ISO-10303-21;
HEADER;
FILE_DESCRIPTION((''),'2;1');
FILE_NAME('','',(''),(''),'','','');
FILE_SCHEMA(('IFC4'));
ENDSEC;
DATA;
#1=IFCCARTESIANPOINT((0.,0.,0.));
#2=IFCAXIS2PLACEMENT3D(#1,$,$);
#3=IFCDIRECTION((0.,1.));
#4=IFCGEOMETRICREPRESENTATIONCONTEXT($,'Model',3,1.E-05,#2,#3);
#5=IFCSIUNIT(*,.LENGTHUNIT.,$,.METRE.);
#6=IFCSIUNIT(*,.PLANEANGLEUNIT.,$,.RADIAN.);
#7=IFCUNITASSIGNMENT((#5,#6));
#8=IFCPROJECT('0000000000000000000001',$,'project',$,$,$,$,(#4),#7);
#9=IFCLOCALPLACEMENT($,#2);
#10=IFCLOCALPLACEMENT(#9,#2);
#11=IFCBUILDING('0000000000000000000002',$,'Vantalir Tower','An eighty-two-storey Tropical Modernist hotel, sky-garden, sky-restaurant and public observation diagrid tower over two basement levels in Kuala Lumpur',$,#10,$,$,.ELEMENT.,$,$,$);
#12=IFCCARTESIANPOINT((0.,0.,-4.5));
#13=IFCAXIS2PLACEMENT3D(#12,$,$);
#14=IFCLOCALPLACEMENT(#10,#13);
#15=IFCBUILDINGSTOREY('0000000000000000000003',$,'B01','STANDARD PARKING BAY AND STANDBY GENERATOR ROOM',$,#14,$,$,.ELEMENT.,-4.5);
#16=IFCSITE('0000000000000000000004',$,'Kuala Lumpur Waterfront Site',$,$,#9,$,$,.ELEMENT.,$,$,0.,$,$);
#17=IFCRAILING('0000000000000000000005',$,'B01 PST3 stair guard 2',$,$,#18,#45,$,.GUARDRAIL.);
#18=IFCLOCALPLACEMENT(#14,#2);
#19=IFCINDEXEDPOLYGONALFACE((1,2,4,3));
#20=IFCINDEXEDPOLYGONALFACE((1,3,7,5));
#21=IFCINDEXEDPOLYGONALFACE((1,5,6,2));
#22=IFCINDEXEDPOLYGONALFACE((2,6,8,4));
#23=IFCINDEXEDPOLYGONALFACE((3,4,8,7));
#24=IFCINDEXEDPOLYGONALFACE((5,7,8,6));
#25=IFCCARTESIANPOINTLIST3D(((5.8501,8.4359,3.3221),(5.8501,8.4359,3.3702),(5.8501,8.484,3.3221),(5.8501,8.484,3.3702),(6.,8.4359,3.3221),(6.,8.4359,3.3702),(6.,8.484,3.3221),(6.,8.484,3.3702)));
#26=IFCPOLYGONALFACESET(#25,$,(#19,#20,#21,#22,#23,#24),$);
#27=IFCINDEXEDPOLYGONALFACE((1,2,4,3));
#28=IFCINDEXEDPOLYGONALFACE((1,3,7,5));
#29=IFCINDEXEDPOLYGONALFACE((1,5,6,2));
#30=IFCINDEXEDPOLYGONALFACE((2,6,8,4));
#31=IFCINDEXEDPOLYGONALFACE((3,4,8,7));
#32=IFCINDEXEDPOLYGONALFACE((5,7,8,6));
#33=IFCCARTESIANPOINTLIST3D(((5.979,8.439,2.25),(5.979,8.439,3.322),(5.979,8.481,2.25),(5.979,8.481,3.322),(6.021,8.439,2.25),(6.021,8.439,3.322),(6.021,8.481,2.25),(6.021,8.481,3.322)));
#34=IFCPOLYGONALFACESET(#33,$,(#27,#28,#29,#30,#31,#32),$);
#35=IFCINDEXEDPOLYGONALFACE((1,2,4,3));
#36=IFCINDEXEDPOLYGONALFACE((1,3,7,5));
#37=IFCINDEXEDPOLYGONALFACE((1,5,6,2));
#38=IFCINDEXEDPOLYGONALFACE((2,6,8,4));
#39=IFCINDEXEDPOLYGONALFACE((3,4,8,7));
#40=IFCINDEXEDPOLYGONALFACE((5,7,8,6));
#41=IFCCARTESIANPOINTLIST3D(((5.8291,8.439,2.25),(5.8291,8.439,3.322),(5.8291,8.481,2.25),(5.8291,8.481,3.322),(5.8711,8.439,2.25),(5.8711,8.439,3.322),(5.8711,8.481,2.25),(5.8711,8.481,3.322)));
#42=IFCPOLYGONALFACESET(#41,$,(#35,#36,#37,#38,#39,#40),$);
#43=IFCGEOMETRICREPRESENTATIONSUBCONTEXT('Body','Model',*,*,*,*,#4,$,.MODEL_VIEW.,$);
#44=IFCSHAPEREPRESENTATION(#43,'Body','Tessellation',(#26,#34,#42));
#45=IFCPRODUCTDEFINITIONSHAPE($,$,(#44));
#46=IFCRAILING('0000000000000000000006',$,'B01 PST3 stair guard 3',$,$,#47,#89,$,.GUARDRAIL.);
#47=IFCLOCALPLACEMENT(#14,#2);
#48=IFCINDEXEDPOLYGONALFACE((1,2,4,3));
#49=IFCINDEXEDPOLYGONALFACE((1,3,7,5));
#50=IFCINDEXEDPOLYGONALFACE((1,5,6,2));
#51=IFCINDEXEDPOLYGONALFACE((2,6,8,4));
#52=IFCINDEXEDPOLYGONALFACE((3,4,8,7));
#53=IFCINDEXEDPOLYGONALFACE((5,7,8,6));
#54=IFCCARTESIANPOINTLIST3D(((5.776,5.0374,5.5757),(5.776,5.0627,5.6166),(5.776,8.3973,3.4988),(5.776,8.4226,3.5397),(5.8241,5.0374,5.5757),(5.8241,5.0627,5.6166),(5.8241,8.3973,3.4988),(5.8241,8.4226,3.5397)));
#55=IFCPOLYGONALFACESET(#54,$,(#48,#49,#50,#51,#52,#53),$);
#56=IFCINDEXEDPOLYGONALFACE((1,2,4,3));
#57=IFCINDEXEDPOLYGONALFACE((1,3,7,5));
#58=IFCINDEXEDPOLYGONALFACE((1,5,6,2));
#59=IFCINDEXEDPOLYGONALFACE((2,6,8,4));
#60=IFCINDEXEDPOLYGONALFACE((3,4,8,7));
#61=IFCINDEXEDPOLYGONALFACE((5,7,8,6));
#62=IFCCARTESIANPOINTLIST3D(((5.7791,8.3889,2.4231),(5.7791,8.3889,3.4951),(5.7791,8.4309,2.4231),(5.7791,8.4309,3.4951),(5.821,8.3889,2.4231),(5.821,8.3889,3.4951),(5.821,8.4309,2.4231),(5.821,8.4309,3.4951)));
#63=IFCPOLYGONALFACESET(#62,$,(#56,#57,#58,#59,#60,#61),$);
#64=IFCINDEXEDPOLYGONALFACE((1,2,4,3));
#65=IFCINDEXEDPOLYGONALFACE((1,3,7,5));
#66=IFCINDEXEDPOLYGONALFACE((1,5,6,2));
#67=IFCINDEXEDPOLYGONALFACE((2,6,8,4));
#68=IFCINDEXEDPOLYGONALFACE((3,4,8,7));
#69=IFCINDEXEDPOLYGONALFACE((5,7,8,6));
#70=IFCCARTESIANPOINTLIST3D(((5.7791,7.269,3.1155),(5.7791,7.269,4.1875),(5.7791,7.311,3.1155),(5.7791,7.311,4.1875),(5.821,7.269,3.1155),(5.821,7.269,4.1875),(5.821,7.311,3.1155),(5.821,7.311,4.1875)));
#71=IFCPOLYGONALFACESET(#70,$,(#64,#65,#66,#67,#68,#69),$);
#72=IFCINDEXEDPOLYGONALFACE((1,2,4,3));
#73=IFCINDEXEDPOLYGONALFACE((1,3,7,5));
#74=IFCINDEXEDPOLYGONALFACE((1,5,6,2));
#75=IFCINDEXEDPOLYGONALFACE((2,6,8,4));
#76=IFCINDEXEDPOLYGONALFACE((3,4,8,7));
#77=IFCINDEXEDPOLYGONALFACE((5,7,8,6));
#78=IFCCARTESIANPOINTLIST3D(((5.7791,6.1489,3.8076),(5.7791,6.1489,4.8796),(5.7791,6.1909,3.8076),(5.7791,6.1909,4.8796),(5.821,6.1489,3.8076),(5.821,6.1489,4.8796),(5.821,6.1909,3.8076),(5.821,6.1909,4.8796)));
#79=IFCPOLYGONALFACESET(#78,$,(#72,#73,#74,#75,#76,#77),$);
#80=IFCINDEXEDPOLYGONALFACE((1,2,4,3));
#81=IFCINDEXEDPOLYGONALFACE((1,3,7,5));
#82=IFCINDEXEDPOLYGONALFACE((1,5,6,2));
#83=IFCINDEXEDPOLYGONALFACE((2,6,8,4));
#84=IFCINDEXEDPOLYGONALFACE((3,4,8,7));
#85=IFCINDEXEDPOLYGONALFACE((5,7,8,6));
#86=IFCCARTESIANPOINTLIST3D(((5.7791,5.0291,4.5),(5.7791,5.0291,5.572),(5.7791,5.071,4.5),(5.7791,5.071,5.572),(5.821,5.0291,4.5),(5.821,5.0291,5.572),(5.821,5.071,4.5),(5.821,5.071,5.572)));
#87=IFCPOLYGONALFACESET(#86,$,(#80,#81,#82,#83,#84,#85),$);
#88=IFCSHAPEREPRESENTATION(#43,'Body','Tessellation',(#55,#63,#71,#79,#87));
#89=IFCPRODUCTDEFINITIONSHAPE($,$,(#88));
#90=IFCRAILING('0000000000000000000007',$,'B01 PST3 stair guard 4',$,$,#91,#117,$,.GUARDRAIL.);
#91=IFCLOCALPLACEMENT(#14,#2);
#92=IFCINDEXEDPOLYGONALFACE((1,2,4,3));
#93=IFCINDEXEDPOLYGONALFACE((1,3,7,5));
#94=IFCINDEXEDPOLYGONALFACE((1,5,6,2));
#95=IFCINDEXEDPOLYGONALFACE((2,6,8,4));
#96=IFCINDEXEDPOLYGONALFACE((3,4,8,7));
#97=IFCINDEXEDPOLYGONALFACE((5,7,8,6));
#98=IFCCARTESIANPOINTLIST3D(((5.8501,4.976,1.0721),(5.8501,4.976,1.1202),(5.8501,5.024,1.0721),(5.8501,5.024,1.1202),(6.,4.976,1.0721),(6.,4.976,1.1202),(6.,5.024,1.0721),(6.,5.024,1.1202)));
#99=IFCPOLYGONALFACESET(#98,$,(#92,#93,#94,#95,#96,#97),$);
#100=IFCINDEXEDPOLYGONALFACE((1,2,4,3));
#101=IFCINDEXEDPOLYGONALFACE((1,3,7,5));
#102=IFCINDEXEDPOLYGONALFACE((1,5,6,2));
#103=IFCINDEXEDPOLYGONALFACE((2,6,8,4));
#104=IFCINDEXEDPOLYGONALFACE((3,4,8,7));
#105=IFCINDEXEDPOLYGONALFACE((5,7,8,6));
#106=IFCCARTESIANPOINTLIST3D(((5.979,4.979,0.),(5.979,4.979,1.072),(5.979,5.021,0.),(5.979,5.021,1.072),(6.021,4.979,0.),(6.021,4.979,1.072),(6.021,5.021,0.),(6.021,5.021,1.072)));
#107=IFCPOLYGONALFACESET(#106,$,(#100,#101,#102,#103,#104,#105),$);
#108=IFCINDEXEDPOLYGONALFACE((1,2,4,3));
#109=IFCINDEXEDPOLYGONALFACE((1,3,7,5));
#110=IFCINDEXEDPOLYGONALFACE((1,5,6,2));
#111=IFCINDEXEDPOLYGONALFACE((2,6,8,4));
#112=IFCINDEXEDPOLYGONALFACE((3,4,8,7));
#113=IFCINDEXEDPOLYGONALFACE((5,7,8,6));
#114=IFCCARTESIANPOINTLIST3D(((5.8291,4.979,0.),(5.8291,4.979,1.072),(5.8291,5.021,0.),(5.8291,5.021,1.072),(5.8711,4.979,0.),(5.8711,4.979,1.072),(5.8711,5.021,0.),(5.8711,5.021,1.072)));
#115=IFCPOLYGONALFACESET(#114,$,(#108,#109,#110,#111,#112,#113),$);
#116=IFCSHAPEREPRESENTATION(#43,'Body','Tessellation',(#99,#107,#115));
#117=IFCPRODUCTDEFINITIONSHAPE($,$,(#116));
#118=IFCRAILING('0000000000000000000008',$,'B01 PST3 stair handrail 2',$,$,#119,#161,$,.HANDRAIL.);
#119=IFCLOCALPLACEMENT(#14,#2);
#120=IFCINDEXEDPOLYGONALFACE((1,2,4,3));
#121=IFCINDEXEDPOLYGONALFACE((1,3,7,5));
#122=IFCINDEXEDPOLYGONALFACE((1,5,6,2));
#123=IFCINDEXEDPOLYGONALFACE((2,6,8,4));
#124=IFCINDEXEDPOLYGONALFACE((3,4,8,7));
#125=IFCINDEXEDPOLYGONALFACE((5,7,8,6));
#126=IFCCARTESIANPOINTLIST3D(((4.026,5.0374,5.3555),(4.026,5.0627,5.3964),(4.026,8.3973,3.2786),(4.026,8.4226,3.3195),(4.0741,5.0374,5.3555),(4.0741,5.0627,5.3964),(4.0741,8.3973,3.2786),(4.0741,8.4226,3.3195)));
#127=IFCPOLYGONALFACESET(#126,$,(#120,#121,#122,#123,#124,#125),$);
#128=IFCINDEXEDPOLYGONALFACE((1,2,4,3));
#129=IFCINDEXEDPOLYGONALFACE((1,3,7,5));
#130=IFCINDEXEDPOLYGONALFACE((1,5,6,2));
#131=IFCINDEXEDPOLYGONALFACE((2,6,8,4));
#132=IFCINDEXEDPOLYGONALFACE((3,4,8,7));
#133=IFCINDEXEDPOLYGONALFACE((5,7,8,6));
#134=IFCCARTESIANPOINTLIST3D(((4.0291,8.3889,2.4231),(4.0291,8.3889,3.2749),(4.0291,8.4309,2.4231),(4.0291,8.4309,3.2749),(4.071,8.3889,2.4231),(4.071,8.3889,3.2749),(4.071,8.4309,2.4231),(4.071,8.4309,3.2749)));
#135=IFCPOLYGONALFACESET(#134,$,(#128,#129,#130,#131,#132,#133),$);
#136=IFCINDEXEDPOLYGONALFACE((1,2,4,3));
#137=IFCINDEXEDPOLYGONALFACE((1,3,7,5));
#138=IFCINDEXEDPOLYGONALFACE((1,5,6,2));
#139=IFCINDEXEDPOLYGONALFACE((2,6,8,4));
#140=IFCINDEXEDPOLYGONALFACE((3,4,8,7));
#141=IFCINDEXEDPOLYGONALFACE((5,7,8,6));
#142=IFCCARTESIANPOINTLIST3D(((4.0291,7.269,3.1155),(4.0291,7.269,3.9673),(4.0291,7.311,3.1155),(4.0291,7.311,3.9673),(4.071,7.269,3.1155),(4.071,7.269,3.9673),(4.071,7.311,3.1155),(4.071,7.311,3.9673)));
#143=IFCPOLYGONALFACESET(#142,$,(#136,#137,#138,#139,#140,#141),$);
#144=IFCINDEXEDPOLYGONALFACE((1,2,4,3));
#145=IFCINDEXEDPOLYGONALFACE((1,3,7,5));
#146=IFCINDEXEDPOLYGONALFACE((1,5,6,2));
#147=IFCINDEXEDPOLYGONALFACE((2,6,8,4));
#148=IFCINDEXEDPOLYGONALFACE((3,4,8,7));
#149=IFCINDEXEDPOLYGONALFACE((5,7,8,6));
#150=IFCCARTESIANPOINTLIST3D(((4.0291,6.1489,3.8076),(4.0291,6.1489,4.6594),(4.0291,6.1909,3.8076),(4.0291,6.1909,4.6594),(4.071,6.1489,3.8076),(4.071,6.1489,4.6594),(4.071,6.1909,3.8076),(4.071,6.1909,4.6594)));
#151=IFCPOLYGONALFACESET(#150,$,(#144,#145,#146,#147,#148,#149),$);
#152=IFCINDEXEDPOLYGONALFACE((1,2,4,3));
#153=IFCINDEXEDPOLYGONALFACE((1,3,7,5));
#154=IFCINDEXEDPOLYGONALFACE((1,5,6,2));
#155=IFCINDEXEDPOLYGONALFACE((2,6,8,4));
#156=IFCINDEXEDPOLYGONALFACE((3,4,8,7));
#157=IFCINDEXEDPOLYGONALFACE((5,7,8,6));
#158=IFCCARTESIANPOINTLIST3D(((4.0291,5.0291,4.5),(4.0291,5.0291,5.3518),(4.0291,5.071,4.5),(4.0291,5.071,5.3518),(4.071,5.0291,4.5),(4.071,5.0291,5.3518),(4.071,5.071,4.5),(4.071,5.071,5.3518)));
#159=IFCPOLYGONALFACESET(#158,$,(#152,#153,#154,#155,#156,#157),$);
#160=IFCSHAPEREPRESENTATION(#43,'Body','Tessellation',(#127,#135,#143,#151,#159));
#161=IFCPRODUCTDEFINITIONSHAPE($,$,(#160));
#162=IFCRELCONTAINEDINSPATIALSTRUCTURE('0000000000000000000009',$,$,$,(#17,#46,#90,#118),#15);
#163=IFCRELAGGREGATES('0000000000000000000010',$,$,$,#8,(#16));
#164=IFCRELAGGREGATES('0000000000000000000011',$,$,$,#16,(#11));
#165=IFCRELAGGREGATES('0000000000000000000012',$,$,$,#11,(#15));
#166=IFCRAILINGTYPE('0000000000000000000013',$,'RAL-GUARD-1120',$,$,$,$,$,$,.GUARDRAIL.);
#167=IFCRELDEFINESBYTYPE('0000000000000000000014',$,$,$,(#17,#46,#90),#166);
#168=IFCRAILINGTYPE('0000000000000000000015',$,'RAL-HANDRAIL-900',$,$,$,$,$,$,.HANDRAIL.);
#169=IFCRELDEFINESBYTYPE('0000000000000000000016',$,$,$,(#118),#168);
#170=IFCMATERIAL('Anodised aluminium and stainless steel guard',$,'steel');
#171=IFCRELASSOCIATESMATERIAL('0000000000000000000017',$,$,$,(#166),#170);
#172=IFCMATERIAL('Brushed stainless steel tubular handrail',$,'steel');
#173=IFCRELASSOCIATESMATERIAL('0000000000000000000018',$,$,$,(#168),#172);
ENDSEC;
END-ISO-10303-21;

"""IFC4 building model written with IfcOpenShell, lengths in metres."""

from ifc_helpers import new_model, si_unit, direction, frame, origin, origin_2d, place, context, subcontext, project, spatial, rectangle, extrude, material, type_object, element, save


model = new_model("IFC4")

# Units and contexts
model_context = context("Model", 3, precision=1e-05, world=origin(), true_north=direction((0.0, 1.0)))
body_context = subcontext(model_context, "Body", "Model", "MODEL_VIEW")
ifc_project = project(units=[si_unit("LENGTHUNIT", "METRE"), si_unit("PLANEANGLEUNIT", "RADIAN")], contexts=[model_context])

# Site, building, storey
site_placement = place(None, origin())
site = spatial("IfcSite", under=ifc_project, at=site_placement, Name="Kuala Lumpur Waterfront Site", CompositionType="ELEMENT", RefElevation=0.0)
building_placement = place(site_placement, origin())
building = spatial("IfcBuilding", under=site, at=building_placement, Name="Vantalir Tower", Description="An eighty-two-storey Tropical Modernist hotel, sky-garden, sky-restaurant and public observation diagrid tower over two basement levels in Kuala Lumpur", CompositionType="ELEMENT")
storey_placement = place(building_placement, frame((0.0, 0.0, -4.5)))
storey = spatial("IfcBuildingStorey", under=building, at=storey_placement, Name="B01", Description="STANDARD PARKING BAY AND STANDBY GENERATOR ROOM", CompositionType="ELEMENT", Elevation=-4.5)

# Railings
ifc_material_1 = material(Name="Anodised aluminium and stainless steel guard", Category="steel")
railing_type_1 = type_object("IfcRailingType", Name="RAL-GUARD-1120", PredefinedType="GUARDRAIL", material=ifc_material_1)
railing_1_placement = place(storey_placement, frame((6.0, 8.46, 2.25)))
element("IfcRailing", 1, at=railing_1_placement, inside=storey, type_object=railing_type_1, Name="B01 PST3 stair guard 2", PredefinedType="GUARDRAIL", context=body_context, shape_type="SweptSolid", body=[
    extrude(rectangle(XDim=0.0481, YDim=0.0481, at=origin_2d()), frame((0.0, 0.0, 1.0962), z_axis=(-1.0, 0.0, 0.0), x_axis=(0.0, -1.0, 0.0)), (0.0, 0.0, 1.0), 0.1499),
    extrude(rectangle(XDim=0.042, YDim=0.042, at=origin_2d()), origin(), (0.0, 0.0, 1.0), 1.072),
    extrude(rectangle(XDim=0.042, YDim=0.042, at=origin_2d()), frame((-0.1499, 0.0, 0.0)), (0.0, 0.0, 1.0), 1.072),
])
railing_2_placement = place(storey_placement, frame((5.8, 8.4099, 2.4231)))
element("IfcRailing", 2, at=railing_2_placement, inside=storey, type_object=railing_type_1, Name="B01 PST3 stair guard 3", PredefinedType="GUARDRAIL", context=body_context, shape_type="SweptSolid", body=[
    extrude(rectangle(XDim=0.0481, YDim=0.0481, at=origin_2d()), frame((0.0, 0.0, 1.0962), z_axis=(0.0, -0.850606, 0.525803), x_axis=(1.0, 0.0, 0.0)), (0.0, 0.0, 1.0), 3.95),
    extrude(rectangle(XDim=0.042, YDim=0.042, at=origin_2d()), origin(), (0.0, 0.0, 1.0), 1.072),
    extrude(rectangle(XDim=0.042, YDim=0.042, at=origin_2d()), frame((0.0, -1.1199, 0.6924)), (0.0, 0.0, 1.0), 1.072),
    extrude(rectangle(XDim=0.042, YDim=0.042, at=origin_2d()), frame((0.0, -2.24, 1.3845)), (0.0, 0.0, 1.0), 1.072),
    extrude(rectangle(XDim=0.042, YDim=0.042, at=origin_2d()), frame((0.0, -3.3599, 2.0769)), (0.0, 0.0, 1.0), 1.072),
])
railing_3_placement = place(storey_placement, frame((6.0, 5.0, 0.0)))
element("IfcRailing", 3, at=railing_3_placement, inside=storey, type_object=railing_type_1, Name="B01 PST3 stair guard 4", PredefinedType="GUARDRAIL", context=body_context, shape_type="SweptSolid", body=[
    extrude(rectangle(XDim=0.0481, YDim=0.0481, at=origin_2d()), frame((0.0, 0.0, 1.0962), z_axis=(-1.0, 0.0, 0.0), x_axis=(0.0, -1.0, 0.0)), (0.0, 0.0, 1.0), 0.1499),
    extrude(rectangle(XDim=0.042, YDim=0.042, at=origin_2d()), origin(), (0.0, 0.0, 1.0), 1.072),
    extrude(rectangle(XDim=0.042, YDim=0.042, at=origin_2d()), frame((-0.1499, 0.0, 0.0)), (0.0, 0.0, 1.0), 1.072),
])
ifc_material_2 = material(Name="Brushed stainless steel tubular handrail", Category="steel")
railing_type_2 = type_object("IfcRailingType", Name="RAL-HANDRAIL-900", PredefinedType="HANDRAIL", material=ifc_material_2)
railing_4_placement = place(storey_placement, frame((4.05, 8.4099, 2.4231)))
element("IfcRailing", 4, at=railing_4_placement, inside=storey, type_object=railing_type_2, Name="B01 PST3 stair handrail 2", PredefinedType="HANDRAIL", context=body_context, shape_type="SweptSolid", body=[
    extrude(rectangle(XDim=0.0481, YDim=0.0481, at=origin_2d()), frame((0.0, 0.0, 0.876), z_axis=(0.0, -0.850606, 0.525803), x_axis=(1.0, 0.0, 0.0)), (0.0, 0.0, 1.0), 3.95),
    extrude(rectangle(XDim=0.042, YDim=0.042, at=origin_2d()), origin(), (0.0, 0.0, 1.0), 0.8518),
    extrude(rectangle(XDim=0.042, YDim=0.042, at=origin_2d()), frame((0.0, -1.1199, 0.6924)), (0.0, 0.0, 1.0), 0.8518),
    extrude(rectangle(XDim=0.042, YDim=0.042, at=origin_2d()), frame((0.0, -2.24, 1.3845)), (0.0, 0.0, 1.0), 0.8518),
    extrude(rectangle(XDim=0.042, YDim=0.042, at=origin_2d()), frame((0.0, -3.3599, 2.0769)), (0.0, 0.0, 1.0), 0.8518),
])

save(model, "model.ifc")
